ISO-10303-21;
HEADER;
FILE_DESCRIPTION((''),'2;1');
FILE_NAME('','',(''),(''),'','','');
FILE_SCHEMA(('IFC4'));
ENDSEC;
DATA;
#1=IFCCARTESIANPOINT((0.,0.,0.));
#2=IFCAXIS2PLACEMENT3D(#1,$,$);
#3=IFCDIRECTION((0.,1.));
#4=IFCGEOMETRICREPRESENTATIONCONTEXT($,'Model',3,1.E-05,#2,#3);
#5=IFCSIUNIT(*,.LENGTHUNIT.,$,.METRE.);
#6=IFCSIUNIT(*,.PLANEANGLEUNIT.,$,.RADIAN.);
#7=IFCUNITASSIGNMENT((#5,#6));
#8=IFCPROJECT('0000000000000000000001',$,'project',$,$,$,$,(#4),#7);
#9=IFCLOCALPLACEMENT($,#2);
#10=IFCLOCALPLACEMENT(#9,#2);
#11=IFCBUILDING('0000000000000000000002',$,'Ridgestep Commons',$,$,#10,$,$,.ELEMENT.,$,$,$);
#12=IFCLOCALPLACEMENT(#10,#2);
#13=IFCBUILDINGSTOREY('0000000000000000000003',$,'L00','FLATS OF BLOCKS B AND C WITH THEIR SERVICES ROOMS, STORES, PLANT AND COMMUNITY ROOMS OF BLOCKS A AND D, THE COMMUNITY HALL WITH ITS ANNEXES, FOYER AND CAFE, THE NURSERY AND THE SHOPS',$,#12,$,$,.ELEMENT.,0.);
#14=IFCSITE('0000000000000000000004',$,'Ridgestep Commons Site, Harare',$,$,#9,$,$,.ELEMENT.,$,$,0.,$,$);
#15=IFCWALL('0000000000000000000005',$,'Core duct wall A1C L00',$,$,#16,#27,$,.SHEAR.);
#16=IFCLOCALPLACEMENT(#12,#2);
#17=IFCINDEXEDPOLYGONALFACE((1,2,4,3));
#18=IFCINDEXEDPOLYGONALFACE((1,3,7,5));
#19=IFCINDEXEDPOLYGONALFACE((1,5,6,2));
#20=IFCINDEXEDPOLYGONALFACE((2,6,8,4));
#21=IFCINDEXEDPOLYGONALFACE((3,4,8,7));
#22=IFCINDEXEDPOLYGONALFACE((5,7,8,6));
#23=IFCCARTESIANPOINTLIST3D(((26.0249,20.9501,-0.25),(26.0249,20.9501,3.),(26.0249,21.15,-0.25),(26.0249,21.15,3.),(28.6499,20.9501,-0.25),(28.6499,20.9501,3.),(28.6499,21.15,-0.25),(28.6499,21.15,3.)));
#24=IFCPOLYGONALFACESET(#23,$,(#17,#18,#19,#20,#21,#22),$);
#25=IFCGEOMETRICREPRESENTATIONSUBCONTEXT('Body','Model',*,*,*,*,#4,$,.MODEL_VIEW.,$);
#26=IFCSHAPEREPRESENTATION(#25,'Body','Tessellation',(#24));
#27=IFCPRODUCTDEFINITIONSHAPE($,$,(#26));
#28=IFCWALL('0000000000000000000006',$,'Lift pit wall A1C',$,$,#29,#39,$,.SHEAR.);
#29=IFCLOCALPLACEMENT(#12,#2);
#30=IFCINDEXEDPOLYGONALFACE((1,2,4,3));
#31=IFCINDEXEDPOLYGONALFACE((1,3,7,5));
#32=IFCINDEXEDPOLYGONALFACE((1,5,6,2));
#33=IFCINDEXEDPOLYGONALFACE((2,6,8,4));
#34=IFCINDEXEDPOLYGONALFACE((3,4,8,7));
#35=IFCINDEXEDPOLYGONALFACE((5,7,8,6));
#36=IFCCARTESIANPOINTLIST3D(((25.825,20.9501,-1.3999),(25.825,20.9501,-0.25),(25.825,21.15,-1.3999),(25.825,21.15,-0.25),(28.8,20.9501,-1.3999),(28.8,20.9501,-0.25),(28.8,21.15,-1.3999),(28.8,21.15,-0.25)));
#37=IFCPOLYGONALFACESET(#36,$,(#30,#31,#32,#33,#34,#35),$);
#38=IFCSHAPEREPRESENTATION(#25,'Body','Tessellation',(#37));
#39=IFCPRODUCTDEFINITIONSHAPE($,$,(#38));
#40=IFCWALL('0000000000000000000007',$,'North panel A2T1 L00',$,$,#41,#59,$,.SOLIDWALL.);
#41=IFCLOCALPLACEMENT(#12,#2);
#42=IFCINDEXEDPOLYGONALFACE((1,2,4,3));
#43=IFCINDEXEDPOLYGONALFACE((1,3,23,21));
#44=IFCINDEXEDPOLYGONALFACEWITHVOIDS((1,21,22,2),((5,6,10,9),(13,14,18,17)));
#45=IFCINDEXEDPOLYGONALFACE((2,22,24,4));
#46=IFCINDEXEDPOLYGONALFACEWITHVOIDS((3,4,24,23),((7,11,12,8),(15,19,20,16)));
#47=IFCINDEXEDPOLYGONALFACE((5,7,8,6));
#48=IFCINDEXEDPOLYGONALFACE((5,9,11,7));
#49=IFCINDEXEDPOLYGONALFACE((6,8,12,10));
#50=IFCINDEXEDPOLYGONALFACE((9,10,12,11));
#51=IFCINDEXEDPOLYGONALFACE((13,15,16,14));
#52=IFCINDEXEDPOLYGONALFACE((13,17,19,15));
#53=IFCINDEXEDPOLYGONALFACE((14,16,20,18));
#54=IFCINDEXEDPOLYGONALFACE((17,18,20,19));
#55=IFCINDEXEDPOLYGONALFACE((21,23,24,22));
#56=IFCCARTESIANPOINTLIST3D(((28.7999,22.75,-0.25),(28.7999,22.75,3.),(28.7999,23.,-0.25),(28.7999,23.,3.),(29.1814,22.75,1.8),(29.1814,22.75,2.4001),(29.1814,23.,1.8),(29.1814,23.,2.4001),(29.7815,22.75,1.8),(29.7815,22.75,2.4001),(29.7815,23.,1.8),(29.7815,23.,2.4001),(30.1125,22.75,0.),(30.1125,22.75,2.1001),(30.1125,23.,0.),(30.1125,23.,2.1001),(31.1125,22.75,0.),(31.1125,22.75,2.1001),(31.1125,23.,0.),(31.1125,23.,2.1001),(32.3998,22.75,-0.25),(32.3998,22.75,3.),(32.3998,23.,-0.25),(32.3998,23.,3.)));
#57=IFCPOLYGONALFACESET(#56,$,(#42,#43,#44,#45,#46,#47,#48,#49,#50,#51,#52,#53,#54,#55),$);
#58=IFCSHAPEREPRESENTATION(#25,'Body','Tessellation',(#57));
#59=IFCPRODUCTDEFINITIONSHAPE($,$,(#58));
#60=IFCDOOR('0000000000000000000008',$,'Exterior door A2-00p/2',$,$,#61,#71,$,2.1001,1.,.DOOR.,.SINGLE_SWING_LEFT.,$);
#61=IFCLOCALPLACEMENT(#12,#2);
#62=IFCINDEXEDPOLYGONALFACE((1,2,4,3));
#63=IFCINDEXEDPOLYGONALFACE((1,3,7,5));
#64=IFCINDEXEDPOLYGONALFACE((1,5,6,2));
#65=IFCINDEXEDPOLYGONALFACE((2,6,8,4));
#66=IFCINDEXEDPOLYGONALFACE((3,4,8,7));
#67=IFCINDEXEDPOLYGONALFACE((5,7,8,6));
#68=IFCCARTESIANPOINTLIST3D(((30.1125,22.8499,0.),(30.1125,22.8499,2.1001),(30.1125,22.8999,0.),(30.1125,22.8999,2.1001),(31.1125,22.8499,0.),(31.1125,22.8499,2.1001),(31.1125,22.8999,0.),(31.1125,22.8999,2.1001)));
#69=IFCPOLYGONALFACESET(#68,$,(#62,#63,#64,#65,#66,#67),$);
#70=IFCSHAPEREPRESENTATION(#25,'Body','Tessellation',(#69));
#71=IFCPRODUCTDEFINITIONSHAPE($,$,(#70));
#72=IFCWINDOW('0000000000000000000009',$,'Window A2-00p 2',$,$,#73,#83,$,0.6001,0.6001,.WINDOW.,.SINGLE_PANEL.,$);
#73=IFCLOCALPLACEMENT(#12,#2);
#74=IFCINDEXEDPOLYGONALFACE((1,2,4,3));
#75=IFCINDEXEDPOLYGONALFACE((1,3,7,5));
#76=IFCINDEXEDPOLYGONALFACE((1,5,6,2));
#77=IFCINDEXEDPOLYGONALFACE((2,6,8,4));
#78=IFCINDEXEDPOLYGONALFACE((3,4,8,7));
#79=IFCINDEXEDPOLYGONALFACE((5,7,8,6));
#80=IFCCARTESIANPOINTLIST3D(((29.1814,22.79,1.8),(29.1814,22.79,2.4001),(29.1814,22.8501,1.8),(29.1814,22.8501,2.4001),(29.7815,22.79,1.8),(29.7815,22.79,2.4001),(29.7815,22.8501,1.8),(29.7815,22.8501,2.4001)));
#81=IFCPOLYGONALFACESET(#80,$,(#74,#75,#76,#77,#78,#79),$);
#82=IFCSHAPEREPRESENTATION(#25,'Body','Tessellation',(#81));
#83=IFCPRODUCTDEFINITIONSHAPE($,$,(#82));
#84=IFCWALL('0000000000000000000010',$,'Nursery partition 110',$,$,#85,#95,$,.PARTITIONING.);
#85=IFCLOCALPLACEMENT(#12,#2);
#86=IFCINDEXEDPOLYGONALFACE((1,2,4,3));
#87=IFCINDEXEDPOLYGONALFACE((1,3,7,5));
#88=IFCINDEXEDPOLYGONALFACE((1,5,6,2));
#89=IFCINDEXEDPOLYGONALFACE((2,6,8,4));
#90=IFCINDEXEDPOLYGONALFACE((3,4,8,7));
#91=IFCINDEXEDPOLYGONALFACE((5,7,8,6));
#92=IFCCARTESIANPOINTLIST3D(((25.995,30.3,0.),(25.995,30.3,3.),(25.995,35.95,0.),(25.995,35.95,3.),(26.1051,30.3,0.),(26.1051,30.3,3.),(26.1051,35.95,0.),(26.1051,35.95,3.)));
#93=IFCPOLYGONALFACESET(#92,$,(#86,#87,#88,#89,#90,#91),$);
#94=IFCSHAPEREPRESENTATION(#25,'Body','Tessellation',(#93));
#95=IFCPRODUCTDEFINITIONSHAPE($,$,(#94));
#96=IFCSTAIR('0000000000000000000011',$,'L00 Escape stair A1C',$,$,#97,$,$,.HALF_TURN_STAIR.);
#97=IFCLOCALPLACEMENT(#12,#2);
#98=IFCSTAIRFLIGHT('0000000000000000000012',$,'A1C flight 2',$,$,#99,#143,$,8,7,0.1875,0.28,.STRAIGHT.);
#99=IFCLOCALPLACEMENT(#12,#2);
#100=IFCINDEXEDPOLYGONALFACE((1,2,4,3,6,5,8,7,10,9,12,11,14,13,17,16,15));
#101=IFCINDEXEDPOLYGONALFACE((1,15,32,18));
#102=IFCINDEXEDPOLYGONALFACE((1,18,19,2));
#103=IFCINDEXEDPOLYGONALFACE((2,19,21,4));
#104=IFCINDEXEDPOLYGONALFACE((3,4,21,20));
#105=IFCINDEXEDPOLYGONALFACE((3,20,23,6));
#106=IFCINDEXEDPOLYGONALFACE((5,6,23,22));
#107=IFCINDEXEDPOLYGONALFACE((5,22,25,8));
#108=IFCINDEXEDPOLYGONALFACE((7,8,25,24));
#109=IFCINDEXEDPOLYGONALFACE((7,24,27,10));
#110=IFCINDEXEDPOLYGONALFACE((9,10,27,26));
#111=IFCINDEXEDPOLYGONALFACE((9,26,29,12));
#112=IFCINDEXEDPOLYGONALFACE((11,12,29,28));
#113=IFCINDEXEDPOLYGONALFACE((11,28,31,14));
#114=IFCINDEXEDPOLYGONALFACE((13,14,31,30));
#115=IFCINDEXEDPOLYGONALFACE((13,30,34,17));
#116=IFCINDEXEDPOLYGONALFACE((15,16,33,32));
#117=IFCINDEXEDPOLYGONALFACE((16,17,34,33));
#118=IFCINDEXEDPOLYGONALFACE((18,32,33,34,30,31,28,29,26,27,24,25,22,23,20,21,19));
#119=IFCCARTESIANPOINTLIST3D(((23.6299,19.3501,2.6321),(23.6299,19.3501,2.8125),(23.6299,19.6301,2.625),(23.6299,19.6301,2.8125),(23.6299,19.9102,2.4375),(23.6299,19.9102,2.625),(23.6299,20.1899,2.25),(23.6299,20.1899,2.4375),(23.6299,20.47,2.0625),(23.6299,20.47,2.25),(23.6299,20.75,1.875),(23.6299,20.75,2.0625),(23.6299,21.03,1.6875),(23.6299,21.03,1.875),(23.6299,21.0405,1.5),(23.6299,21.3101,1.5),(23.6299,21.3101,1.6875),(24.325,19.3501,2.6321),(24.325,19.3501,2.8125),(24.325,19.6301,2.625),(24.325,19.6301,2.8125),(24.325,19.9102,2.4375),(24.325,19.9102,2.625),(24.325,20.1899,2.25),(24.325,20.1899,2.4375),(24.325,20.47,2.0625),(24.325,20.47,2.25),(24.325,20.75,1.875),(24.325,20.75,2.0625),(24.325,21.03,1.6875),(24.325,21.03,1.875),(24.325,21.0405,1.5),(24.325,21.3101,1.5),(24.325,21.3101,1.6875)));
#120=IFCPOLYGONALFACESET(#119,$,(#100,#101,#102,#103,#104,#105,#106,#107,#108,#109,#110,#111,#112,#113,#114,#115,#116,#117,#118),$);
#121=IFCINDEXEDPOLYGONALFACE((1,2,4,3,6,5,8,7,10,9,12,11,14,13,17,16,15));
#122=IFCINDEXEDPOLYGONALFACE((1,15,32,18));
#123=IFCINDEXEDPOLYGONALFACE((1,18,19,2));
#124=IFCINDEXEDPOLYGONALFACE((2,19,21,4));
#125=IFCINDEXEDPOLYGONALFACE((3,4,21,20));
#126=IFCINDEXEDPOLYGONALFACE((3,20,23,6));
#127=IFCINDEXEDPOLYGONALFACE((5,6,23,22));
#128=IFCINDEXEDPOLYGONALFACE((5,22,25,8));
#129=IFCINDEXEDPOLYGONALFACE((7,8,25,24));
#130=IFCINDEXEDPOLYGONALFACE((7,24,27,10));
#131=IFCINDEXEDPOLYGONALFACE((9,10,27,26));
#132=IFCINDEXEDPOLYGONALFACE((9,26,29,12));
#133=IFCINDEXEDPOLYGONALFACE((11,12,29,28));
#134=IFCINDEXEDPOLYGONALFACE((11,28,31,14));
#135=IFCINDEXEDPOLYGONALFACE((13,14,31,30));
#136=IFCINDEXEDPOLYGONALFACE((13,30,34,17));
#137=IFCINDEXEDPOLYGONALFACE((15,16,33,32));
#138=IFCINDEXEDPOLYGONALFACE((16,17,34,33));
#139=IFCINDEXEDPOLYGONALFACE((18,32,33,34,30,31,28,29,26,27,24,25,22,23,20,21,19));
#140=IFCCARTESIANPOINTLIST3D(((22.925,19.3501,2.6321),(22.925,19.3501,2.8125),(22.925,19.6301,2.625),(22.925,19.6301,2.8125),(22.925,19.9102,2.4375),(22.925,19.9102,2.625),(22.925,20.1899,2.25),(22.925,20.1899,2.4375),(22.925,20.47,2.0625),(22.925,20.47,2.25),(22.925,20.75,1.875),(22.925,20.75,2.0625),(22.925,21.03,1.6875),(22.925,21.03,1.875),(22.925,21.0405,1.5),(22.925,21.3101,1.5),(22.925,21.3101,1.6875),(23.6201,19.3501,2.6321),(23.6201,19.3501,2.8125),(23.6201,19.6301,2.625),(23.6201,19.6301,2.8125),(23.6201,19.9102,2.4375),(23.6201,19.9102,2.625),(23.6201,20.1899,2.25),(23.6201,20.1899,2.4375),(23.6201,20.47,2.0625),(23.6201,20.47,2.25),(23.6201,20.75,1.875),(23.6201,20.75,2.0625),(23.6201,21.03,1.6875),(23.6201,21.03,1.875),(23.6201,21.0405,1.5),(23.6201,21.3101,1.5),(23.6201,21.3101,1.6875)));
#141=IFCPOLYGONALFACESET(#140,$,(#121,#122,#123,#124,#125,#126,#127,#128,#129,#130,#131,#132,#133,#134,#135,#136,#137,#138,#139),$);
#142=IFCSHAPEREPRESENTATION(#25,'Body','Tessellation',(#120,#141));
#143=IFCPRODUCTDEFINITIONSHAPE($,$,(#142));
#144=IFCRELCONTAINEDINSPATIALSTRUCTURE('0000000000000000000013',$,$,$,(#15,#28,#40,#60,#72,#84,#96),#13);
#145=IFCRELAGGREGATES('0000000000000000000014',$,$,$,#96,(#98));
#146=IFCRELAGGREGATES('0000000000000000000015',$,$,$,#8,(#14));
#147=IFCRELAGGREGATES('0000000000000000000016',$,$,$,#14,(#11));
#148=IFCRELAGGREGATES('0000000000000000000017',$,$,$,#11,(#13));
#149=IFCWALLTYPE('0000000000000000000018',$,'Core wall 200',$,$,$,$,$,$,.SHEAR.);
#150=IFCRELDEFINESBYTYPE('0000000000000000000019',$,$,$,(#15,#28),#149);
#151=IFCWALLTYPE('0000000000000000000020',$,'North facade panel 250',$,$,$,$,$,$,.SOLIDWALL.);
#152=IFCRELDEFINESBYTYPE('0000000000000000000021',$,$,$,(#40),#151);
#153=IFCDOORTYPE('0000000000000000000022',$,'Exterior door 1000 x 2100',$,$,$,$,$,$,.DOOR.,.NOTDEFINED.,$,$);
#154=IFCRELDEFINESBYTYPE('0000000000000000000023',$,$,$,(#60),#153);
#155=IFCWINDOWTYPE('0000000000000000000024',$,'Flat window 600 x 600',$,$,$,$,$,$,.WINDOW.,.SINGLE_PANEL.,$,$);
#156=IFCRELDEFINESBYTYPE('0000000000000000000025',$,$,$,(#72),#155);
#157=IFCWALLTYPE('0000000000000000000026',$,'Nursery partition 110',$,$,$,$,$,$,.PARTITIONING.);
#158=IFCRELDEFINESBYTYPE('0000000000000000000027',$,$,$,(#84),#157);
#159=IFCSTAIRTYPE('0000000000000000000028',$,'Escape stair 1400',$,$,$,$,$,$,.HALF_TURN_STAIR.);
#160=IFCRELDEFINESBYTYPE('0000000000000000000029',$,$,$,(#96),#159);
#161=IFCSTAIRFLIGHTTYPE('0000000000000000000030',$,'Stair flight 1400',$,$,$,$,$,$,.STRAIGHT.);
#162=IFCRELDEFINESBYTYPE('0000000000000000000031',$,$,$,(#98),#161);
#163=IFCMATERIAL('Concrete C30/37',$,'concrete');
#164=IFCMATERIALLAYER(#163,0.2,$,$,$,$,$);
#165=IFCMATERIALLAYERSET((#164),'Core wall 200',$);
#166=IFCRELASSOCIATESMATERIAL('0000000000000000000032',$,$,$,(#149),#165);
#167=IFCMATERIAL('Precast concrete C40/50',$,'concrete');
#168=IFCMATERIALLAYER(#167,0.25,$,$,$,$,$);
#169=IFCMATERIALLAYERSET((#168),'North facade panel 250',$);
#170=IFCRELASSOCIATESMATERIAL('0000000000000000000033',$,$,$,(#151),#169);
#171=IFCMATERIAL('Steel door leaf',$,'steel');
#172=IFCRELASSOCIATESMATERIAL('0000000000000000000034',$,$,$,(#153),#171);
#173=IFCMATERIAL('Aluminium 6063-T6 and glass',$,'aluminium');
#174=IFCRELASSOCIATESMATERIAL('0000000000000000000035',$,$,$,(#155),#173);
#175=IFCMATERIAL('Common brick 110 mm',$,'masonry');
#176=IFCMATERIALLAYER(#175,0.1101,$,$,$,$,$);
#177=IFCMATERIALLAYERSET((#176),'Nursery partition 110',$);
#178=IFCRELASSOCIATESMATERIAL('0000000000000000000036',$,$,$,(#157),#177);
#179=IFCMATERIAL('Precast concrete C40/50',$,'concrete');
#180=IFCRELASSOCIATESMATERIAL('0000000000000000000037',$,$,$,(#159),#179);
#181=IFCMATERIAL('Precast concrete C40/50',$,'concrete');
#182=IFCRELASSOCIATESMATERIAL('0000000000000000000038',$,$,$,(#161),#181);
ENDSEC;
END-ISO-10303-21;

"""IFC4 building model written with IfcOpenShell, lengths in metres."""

from ifc_helpers import new_model, si_unit, direction, frame, frame_2d, origin, place, context, subcontext, project, spatial, polyline, rectangle, outline, extrude, material, layer, layer_set, type_object, element, fill, aggregate, save


model = new_model("IFC4")

# Units and contexts
model_context = context("Model", 3, precision=1e-05, world=origin(), true_north=direction((0.0, 1.0)))
body_context = subcontext(model_context, "Body", "Model", "MODEL_VIEW")
ifc_project = project(units=[si_unit("LENGTHUNIT", "METRE"), si_unit("PLANEANGLEUNIT", "RADIAN")], contexts=[model_context])

# Site, building, storey
site_placement = place(None, origin())
site = spatial("IfcSite", under=ifc_project, at=site_placement, Name="Ridgestep Commons Site, Harare", CompositionType="ELEMENT", RefElevation=0.0)
building_placement = place(site_placement, origin())
building = spatial("IfcBuilding", under=site, at=building_placement, Name="Ridgestep Commons", CompositionType="ELEMENT")
storey_placement = place(building_placement, origin())
storey = spatial("IfcBuildingStorey", under=building, at=storey_placement, Name="L00", Description="FLATS OF BLOCKS B AND C WITH THEIR SERVICES ROOMS, STORES, PLANT AND COMMUNITY ROOMS OF BLOCKS A AND D, THE COMMUNITY HALL WITH ITS ANNEXES, FOYER AND CAFE, THE NURSERY AND THE SHOPS", CompositionType="ELEMENT", Elevation=0.0)

# Walls
ifc_material_1 = material(Name="Concrete C30/37", Category="concrete")
ifc_layer_1 = layer(ifc_material_1, 0.2)
ifc_layer_set_1 = layer_set([ifc_layer_1], Name="Core wall 200")
wall_type_1 = type_object("IfcWallType", Name="Core wall 200", PredefinedType="SHEAR", material=ifc_layer_set_1)
wall_1_placement = place(storey_placement, frame((26.0249, 21.05, -0.25), z_axis=(0.0, 0.0, 1.0), x_axis=(1.0, 0.0, 0.0)))
element("IfcWall", 1, at=wall_1_placement, inside=storey, type_object=wall_type_1, Name="Core duct wall A1C L00", PredefinedType="SHEAR", context=body_context, shape_type="SweptSolid", body=[
    extrude(rectangle(XDim=2.625, YDim=0.2, at=frame_2d((1.3125, 0.0))), origin(), (0.0, 0.0, 1.0), 3.25),
])
wall_2_placement = place(storey_placement, frame((25.825, 21.05, -1.3999), z_axis=(0.0, 0.0, 1.0), x_axis=(1.0, 0.0, 0.0)))
element("IfcWall", 2, at=wall_2_placement, inside=storey, type_object=wall_type_1, Name="Lift pit wall A1C", PredefinedType="SHEAR", context=body_context, shape_type="SweptSolid", body=[
    extrude(rectangle(XDim=2.9751, YDim=0.2, at=frame_2d((1.4875, 0.0))), origin(), (0.0, 0.0, 1.0), 1.1499),
])

# Wall, openings, door, window
ifc_material_2 = material(Name="Precast concrete C40/50", Category="concrete")
ifc_layer_2 = layer(ifc_material_2, 0.25)
ifc_layer_set_2 = layer_set([ifc_layer_2], Name="North facade panel 250")
wall_type_2 = type_object("IfcWallType", Name="North facade panel 250", PredefinedType="SOLIDWALL", material=ifc_layer_set_2)
wall_3_placement = place(storey_placement, frame((28.8, 22.875, -0.25), z_axis=(0.0, 0.0, 1.0), x_axis=(1.0, 0.0, 0.0)))
wall_3 = element("IfcWall", 3, at=wall_3_placement, inside=storey, type_object=wall_type_2, Name="North panel A2T1 L00", PredefinedType="SOLIDWALL", context=body_context, shape_type="SweptSolid", body=[
    extrude(rectangle(XDim=3.5999, YDim=0.25, at=frame_2d((1.7998, 0.0))), origin(), (0.0, 0.0, 1.0), 3.25),
])
opening_1_placement = place(wall_3_placement, frame((0.3813, 0.0, 2.05)))
opening_1 = element("IfcOpeningElement", 4, at=opening_1_placement, cuts=wall_3, PredefinedType="OPENING", context=body_context, shape_type="SweptSolid", body=[
    extrude(rectangle(XDim=0.6001, YDim=0.6001, at=frame_2d((0.3, 0.3))), frame((0.0, 0.135, 0.0), z_axis=(0.0, -1.0, 0.0), x_axis=(1.0, 0.0, 0.0)), (0.0, 0.0, 1.0), 0.27),
])
opening_2_placement = place(wall_3_placement, frame((1.3125, 0.0, 0.25)))
opening_2 = element("IfcOpeningElement", 5, at=opening_2_placement, cuts=wall_3, PredefinedType="OPENING", context=body_context, shape_type="SweptSolid", body=[
    extrude(rectangle(XDim=1.0, YDim=2.1001, at=frame_2d((0.5, 1.05))), frame((0.0, 0.135, 0.0), z_axis=(0.0, -1.0, 0.0), x_axis=(1.0, 0.0, 0.0)), (0.0, 0.0, 1.0), 0.27),
])
ifc_material_3 = material(Name="Steel door leaf", Category="steel")
door_type = type_object("IfcDoorType", Name="Exterior door 1000 x 2100", OperationType="NOTDEFINED", PredefinedType="DOOR", material=ifc_material_3)
door_placement = place(opening_2_placement, origin())
door = element("IfcDoor", 6, at=door_placement, inside=storey, type_object=door_type, Name="Exterior door A2-00p/2", OperationType="SINGLE_SWING_LEFT", OverallHeight=2.1001, OverallWidth=1.0, PredefinedType="DOOR", context=body_context, shape_type="SweptSolid", body=[
    extrude(rectangle(XDim=1.0, YDim=2.1001, at=frame_2d((0.5, 1.05))), frame((0.0, 0.0249, 0.0), z_axis=(0.0, -1.0, 0.0), x_axis=(1.0, 0.0, 0.0)), (0.0, 0.0, 1.0), 0.05),
])
fill(opening_2, door)
ifc_material_4 = material(Name="Aluminium 6063-T6 and glass", Category="aluminium")
window_type = type_object("IfcWindowType", Name="Flat window 600 x 600", PartitioningType="SINGLE_PANEL", PredefinedType="WINDOW", material=ifc_material_4)
window_placement = place(opening_1_placement, origin())
window = element("IfcWindow", 7, at=window_placement, inside=storey, type_object=window_type, Name="Window A2-00p 2", OverallHeight=0.6001, OverallWidth=0.6001, PartitioningType="SINGLE_PANEL", PredefinedType="WINDOW", context=body_context, shape_type="SweptSolid", body=[
    extrude(rectangle(XDim=0.6001, YDim=0.6001, at=frame_2d((0.3, 0.3))), frame((0.0, -0.0249, 0.0), z_axis=(0.0, -1.0, 0.0), x_axis=(1.0, 0.0, 0.0)), (0.0, 0.0, 1.0), 0.0601),
])
fill(opening_1, window)

# Wall
ifc_material_5 = material(Name="Common brick 110 mm", Category="masonry")
ifc_layer_3 = layer(ifc_material_5, 0.1101)
ifc_layer_set_3 = layer_set([ifc_layer_3], Name="Nursery partition 110")
wall_type_3 = type_object("IfcWallType", Name="Nursery partition 110", PredefinedType="PARTITIONING", material=ifc_layer_set_3)
wall_4_placement = place(storey_placement, frame((26.05, 30.3, 0.0), z_axis=(0.0, 0.0, 1.0), x_axis=(0.0, 1.0, 0.0)))
element("IfcWall", 8, at=wall_4_placement, inside=storey, type_object=wall_type_3, Name="Nursery partition 110", PredefinedType="PARTITIONING", context=body_context, shape_type="SweptSolid", body=[
    extrude(rectangle(XDim=5.6499, YDim=0.1101, at=frame_2d((2.825, 0.0))), origin(), (0.0, 0.0, 1.0), 3.0),
])

# Stair, stair flight
ifc_material_6 = material(Name="Precast concrete C40/50", Category="concrete")
stair_type = type_object("IfcStairType", Name="Escape stair 1400", PredefinedType="HALF_TURN_STAIR", material=ifc_material_6)
stair_placement = place(storey_placement, origin())
stair = element("IfcStair", 9, at=stair_placement, inside=storey, type_object=stair_type, Name="L00 Escape stair A1C", PredefinedType="HALF_TURN_STAIR")
ifc_material_7 = material(Name="Precast concrete C40/50", Category="concrete")
stair_flight_type = type_object("IfcStairFlightType", Name="Stair flight 1400", PredefinedType="STRAIGHT", material=ifc_material_7)
stair_flight_placement = place(storey_placement, frame((23.625, 21.3101, 1.5), z_axis=(0.0, 0.0, 1.0), x_axis=(0.0, -1.0, 0.0)))
stair_flight = element("IfcStairFlight", 10, at=stair_flight_placement, type_object=stair_flight_type, Name="A1C flight 2", NumberOfRisers=8, NumberOfTreads=7, PredefinedType="STRAIGHT", RiserHeight=0.1875, TreadLength=0.28, context=body_context, shape_type="SweptSolid", body=[
    extrude(outline(polyline([(0.0, 0.0), (0.0, 0.1875), (0.28, 0.1875), (0.28, 0.375), (0.5601, 0.375), (0.5601, 0.5625), (0.8401, 0.5625), (0.8401, 0.75), (1.1201, 0.75), (1.1201, 0.9375), (1.3999, 0.9375), (1.3999, 1.125), (1.6799, 1.125), (1.6799, 1.3125), (1.96, 1.3125), (1.96, 1.5), (1.96, 1.1321), (0.2695, 0.0), (0.0, 0.0)])), frame((0.0, 0.7, 0.0), z_axis=(0.0, -1.0, 0.0), x_axis=(1.0, 0.0, 0.0)), (0.0, 0.0, 1.0), 0.6951),
    extrude(outline(polyline([(0.0, 0.0), (0.0, 0.1875), (0.28, 0.1875), (0.28, 0.375), (0.5601, 0.375), (0.5601, 0.5625), (0.8401, 0.5625), (0.8401, 0.75), (1.1201, 0.75), (1.1201, 0.9375), (1.3999, 0.9375), (1.3999, 1.125), (1.6799, 1.125), (1.6799, 1.3125), (1.96, 1.3125), (1.96, 1.5), (1.96, 1.1321), (0.2695, 0.0), (0.0, 0.0)])), frame((0.0, -0.0049, 0.0), z_axis=(0.0, -1.0, 0.0), x_axis=(1.0, 0.0, 0.0)), (0.0, 0.0, 1.0), 0.6951),
])
aggregate(stair, [stair_flight])

save(model, "model.ifc")
